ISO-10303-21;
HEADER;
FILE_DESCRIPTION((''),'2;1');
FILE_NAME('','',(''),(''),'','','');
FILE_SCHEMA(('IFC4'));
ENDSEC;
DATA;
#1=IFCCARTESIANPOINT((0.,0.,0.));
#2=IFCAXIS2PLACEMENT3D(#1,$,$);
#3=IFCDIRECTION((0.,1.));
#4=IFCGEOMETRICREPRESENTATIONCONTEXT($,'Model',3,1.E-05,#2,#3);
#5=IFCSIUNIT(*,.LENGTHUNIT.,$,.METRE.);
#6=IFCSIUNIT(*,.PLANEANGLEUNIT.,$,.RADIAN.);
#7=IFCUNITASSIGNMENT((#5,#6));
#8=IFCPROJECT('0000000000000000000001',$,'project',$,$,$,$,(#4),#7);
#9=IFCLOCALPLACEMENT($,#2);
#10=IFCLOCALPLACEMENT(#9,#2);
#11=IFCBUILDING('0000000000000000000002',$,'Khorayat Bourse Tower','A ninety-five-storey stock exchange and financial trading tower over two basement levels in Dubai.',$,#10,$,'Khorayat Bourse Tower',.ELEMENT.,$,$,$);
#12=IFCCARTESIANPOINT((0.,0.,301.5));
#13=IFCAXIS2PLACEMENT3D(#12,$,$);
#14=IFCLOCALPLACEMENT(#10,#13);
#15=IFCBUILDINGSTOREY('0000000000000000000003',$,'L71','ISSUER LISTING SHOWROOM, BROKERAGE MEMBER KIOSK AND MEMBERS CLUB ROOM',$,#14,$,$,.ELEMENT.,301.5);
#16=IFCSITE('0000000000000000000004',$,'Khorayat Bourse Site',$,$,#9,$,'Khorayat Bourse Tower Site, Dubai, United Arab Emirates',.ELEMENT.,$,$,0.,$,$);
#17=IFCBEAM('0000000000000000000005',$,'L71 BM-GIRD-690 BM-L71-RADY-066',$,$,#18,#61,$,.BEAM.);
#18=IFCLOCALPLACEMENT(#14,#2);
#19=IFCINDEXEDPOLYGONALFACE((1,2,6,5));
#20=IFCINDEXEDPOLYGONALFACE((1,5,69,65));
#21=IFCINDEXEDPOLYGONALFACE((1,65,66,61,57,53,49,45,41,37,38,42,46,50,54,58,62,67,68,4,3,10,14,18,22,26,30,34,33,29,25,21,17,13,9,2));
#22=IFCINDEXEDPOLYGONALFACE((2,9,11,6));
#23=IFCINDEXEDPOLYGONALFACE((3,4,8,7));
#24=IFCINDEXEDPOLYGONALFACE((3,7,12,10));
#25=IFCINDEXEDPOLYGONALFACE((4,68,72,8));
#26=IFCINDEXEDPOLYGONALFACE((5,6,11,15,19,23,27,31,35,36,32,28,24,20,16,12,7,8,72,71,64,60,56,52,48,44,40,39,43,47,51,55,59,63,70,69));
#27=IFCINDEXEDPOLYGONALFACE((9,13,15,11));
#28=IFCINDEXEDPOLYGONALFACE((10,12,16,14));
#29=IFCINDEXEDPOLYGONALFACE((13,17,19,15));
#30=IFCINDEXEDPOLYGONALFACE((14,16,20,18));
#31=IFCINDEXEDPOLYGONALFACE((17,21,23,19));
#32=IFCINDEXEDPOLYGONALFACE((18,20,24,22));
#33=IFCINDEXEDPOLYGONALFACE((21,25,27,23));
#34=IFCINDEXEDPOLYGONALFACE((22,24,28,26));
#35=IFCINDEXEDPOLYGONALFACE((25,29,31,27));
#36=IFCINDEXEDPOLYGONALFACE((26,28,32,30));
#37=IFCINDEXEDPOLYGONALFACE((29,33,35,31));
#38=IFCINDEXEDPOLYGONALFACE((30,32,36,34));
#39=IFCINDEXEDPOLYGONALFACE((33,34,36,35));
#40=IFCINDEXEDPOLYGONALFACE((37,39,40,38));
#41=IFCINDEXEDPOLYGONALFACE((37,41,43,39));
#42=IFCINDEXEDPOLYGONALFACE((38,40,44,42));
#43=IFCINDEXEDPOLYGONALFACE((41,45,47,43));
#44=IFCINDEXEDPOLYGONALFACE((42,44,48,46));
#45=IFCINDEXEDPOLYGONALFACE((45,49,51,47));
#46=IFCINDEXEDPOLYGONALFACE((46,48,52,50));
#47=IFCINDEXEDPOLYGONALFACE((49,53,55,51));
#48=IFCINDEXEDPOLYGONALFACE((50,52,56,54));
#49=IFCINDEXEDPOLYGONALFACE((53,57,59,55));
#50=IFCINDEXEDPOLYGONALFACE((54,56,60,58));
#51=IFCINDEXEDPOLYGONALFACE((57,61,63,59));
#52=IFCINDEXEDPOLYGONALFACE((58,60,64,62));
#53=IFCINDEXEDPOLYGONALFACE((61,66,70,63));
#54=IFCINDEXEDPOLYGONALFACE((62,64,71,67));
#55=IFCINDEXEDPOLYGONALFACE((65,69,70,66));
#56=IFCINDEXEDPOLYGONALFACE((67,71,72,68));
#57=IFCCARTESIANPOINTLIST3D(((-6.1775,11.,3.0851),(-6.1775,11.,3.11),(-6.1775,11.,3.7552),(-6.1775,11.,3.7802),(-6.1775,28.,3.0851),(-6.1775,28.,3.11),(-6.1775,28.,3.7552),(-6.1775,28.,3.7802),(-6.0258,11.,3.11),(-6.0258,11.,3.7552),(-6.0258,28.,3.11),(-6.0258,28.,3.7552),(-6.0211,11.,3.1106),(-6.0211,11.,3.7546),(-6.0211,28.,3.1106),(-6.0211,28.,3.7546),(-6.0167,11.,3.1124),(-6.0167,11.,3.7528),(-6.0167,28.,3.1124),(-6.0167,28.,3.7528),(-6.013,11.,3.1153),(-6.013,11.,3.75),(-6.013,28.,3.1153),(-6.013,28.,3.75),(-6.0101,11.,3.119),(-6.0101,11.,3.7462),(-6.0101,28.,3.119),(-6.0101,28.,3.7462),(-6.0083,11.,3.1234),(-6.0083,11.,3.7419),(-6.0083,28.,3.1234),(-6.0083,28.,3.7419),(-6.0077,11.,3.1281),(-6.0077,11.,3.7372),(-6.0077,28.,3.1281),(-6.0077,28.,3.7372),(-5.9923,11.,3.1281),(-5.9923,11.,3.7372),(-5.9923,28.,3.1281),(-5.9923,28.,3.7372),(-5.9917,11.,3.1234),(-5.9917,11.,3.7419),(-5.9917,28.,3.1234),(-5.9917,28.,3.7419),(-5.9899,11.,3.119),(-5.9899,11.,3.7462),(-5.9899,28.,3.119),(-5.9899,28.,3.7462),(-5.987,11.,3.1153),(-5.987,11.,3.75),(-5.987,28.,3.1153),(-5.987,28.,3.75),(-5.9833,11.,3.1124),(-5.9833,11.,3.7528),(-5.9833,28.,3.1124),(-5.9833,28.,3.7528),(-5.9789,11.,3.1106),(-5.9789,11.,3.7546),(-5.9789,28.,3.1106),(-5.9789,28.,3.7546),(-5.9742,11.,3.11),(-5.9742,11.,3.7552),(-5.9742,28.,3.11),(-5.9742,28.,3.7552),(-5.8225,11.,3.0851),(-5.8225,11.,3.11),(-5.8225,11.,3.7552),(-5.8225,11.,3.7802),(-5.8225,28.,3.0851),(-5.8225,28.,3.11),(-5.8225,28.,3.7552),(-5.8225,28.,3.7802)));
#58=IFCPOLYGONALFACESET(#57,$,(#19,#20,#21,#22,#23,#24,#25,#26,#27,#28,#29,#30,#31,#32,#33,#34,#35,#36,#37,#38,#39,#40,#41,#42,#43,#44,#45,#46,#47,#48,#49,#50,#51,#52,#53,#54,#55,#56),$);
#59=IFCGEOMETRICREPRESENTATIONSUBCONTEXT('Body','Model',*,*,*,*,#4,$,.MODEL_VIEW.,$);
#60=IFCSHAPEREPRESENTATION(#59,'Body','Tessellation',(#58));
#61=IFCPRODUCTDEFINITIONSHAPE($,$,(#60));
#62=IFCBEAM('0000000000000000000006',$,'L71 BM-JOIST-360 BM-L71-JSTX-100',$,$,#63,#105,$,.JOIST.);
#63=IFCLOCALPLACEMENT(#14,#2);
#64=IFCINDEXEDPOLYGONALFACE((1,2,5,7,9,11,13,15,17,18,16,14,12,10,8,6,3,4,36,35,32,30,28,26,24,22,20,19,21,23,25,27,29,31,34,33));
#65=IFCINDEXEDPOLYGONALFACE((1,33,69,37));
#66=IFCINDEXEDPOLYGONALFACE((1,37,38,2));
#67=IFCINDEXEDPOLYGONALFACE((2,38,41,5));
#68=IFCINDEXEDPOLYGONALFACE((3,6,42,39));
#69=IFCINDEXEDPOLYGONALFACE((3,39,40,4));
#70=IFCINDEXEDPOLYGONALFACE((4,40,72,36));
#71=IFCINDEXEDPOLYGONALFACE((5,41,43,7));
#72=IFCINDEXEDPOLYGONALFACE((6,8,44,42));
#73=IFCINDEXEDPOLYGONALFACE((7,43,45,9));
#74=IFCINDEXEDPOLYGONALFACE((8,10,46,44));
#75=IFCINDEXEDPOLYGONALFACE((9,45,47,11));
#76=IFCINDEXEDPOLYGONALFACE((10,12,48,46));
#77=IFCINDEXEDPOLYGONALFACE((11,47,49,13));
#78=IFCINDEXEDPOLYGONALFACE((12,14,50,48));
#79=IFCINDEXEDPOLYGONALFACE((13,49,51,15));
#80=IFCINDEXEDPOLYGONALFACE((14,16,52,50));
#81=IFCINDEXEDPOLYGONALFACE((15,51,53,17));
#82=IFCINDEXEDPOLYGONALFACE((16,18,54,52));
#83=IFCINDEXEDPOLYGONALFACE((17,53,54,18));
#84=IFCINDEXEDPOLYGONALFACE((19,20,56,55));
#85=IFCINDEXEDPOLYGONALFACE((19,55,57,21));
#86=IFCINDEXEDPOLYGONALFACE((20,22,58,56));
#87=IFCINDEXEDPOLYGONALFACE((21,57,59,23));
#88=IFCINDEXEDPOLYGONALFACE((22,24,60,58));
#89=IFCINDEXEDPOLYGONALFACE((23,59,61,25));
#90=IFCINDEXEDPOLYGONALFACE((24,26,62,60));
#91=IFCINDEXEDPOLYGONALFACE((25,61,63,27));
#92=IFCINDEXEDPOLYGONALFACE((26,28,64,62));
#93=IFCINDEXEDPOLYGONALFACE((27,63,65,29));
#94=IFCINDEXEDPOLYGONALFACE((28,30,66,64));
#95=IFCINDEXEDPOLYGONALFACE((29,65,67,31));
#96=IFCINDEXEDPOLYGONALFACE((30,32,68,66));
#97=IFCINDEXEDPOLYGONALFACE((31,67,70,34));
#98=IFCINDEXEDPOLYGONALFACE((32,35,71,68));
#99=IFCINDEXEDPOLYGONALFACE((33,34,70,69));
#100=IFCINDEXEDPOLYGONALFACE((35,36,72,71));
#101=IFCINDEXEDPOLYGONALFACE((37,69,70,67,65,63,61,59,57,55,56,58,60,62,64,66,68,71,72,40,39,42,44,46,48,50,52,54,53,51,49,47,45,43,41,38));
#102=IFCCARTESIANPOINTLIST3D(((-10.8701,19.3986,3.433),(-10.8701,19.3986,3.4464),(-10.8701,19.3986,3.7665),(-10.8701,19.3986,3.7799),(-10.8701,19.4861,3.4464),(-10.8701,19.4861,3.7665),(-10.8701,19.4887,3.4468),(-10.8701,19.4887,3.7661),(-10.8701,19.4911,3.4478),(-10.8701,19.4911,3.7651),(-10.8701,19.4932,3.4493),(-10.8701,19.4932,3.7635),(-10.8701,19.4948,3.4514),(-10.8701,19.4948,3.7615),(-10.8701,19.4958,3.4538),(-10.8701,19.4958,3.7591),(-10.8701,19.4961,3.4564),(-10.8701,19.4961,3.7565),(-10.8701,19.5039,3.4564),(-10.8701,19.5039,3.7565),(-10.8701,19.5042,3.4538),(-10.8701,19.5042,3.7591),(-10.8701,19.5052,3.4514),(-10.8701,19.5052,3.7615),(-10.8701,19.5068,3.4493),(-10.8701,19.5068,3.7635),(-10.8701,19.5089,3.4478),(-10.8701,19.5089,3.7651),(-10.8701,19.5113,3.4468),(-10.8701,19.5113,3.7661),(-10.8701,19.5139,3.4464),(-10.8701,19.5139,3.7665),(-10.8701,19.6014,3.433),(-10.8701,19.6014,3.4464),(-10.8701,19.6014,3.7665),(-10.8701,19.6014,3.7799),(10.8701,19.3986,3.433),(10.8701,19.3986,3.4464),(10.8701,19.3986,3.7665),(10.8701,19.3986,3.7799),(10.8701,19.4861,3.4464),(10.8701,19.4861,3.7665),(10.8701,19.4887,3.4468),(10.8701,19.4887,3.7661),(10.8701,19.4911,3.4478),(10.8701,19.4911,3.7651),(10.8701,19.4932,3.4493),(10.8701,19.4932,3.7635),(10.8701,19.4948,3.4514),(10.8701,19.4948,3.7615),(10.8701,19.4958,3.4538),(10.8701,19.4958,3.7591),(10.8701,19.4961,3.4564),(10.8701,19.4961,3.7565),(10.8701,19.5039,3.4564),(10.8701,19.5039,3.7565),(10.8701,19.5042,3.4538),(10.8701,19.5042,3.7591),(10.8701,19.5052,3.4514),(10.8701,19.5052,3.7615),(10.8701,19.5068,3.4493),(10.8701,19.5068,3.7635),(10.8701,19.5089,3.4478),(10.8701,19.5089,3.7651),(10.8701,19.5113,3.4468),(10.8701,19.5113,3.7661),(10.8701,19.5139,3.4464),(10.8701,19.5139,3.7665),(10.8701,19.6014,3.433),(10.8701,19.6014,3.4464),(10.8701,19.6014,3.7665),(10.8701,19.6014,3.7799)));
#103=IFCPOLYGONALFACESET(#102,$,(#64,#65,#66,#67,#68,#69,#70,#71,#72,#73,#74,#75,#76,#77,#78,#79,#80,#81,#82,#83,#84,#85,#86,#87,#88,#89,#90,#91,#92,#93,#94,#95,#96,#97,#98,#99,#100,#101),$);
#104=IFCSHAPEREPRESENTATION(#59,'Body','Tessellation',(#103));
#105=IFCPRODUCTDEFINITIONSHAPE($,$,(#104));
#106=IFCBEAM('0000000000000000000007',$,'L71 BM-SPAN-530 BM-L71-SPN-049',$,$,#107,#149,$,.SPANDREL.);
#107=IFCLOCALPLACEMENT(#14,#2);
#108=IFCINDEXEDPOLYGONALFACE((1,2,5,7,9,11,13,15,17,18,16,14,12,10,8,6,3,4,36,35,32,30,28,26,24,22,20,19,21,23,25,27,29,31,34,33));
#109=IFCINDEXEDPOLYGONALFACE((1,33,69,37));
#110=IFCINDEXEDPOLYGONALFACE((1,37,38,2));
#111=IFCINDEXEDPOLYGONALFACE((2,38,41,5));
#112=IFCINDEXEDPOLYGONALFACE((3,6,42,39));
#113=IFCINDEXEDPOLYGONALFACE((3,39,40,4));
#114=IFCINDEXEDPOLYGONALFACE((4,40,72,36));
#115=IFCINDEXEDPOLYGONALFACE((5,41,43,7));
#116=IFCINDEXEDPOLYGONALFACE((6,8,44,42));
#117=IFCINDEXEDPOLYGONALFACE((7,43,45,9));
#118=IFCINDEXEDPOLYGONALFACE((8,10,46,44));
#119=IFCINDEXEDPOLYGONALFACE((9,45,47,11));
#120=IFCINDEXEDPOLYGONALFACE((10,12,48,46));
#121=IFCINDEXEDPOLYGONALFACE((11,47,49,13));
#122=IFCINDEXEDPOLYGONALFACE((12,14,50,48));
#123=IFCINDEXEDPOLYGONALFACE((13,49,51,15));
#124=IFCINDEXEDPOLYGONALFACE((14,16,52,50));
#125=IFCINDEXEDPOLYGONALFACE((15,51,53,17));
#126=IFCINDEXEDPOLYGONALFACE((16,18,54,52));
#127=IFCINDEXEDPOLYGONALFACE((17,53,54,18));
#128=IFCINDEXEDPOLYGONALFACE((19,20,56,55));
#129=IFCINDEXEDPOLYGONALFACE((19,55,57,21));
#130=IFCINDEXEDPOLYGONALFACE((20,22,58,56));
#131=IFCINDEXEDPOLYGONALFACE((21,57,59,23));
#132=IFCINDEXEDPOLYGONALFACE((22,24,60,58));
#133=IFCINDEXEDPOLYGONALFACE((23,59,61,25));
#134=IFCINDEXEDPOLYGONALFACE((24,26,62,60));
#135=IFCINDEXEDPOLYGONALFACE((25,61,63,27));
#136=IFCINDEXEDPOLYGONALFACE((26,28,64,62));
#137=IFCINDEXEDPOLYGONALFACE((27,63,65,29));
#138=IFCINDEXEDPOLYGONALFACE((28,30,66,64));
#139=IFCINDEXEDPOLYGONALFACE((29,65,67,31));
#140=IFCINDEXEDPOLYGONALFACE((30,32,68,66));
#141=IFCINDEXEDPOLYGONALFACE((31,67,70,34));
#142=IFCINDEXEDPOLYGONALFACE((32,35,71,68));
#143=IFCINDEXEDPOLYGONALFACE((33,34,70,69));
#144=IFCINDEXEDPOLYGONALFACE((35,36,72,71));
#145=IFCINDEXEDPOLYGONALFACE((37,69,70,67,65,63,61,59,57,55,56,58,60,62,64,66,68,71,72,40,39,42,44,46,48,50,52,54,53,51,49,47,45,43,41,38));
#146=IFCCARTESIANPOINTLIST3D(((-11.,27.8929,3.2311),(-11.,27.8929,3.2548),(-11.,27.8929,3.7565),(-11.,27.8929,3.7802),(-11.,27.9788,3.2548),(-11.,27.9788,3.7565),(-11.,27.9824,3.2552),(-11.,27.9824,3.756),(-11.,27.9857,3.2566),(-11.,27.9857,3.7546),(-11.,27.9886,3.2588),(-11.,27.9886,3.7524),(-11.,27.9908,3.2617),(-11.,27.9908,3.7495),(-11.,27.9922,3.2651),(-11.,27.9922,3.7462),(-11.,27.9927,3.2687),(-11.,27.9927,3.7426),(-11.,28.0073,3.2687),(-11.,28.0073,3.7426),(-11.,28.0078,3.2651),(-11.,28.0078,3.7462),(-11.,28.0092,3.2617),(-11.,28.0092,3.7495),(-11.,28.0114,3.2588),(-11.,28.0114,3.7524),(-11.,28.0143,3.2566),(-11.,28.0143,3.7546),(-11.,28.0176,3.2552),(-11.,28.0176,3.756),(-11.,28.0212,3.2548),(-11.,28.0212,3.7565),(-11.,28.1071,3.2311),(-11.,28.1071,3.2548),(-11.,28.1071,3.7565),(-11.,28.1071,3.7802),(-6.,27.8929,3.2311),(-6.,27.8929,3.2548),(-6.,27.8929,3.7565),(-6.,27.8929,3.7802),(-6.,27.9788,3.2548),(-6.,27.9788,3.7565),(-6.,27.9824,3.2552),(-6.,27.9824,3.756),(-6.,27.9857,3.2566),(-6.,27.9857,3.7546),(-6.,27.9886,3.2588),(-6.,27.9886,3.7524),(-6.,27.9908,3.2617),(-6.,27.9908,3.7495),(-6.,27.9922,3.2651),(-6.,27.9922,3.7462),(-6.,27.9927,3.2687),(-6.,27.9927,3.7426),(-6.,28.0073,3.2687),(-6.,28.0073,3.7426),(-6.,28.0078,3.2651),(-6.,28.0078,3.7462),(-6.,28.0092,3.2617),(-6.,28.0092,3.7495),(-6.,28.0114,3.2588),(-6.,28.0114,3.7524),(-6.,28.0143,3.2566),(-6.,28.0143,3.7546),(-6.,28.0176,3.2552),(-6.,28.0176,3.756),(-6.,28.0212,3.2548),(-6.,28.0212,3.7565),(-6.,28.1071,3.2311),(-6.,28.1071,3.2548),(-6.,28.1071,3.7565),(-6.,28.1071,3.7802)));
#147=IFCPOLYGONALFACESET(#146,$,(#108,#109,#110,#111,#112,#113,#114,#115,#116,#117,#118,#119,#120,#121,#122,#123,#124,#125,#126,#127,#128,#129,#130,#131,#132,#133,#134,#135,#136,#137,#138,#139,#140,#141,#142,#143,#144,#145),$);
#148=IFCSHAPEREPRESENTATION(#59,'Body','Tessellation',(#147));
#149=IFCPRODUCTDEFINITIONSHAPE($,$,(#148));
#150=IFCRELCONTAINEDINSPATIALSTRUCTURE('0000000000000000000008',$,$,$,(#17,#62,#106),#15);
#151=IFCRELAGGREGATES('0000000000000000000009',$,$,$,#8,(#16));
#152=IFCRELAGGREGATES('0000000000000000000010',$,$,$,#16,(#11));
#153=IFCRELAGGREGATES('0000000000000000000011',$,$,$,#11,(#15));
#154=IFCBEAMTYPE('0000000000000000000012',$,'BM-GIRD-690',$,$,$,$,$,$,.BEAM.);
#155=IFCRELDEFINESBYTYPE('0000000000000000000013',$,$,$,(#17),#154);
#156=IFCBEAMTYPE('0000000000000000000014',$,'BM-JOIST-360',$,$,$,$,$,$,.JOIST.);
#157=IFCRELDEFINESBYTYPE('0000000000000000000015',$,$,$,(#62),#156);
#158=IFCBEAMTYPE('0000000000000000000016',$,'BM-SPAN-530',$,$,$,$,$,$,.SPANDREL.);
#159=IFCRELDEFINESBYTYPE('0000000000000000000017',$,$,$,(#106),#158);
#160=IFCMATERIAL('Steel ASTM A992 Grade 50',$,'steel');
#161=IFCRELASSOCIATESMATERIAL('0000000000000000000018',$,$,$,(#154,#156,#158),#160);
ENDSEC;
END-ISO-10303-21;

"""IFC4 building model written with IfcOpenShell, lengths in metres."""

from ifc_helpers import new_model, si_unit, direction, frame, origin, origin_2d, place, context, subcontext, project, spatial, i_section, extrude, source, transform, mapped, material, material_profile, profile_set, type_object, element, save


model = new_model("IFC4")

# Units and contexts
model_context = context("Model", 3, precision=1e-05, world=origin(), true_north=direction((0.0, 1.0)))
body_context = subcontext(model_context, "Body", "Model", "MODEL_VIEW")
ifc_project = project(units=[si_unit("LENGTHUNIT", "METRE"), si_unit("PLANEANGLEUNIT", "RADIAN")], contexts=[model_context])

# Site, building, storey
site_placement = place(None, origin())
site = spatial("IfcSite", under=ifc_project, at=site_placement, Name="Khorayat Bourse Site", LongName="Khorayat Bourse Tower Site, Dubai, United Arab Emirates", CompositionType="ELEMENT", RefElevation=0.0)
building_placement = place(site_placement, origin())
building = spatial("IfcBuilding", under=site, at=building_placement, Name="Khorayat Bourse Tower", Description="A ninety-five-storey stock exchange and financial trading tower over two basement levels in Dubai.", LongName="Khorayat Bourse Tower", CompositionType="ELEMENT")
storey_placement = place(building_placement, frame((0.0, 0.0, 301.5)))
storey = spatial("IfcBuildingStorey", under=building, at=storey_placement, Name="L71", Description="ISSUER LISTING SHOWROOM, BROKERAGE MEMBER KIOSK AND MEMBERS CLUB ROOM", CompositionType="ELEMENT", Elevation=301.5)

# Beams
ifc_material_1 = material(Name="Steel ASTM A992 Grade 50", Category="steel")
ifc_material_profile_1 = material_profile(ifc_material_1, i_section(OverallWidth=0.355, OverallDepth=0.6951, WebThickness=0.0154, FlangeThickness=0.0249, FilletRadius=0.0181, at=origin_2d()), Name="W690X217")
ifc_profile_set_1 = profile_set([ifc_material_profile_1], Name="Steel ASTM A992 Grade 50")
beam_type_1 = type_object("IfcBeamType", Name="BM-GIRD-690", PredefinedType="BEAM", material=ifc_profile_set_1)
shared_shape_1 = source(origin(), body_context, "Body", "SweptSolid", [
    extrude(i_section(OverallWidth=0.355, OverallDepth=0.6951, WebThickness=0.0154, FlangeThickness=0.0249, FilletRadius=0.0181, at=origin_2d()), origin(), (0.0, 0.0, 1.0), 17.0),
])
for number, where, z_axis, x_axis, name in (
    (1, (-6.0, 11.0, 3.4326), (0.0, 1.0, 0.0), (-1.0, 0.0, 0.0), "L71 BM-GIRD-690 BM-L71-RADY-066"),
):
    element("IfcBeam", number, at=place(storey_placement, frame(where, z_axis=z_axis, x_axis=x_axis)), inside=storey, type_object=beam_type_1, Name=name, PredefinedType="BEAM", context=body_context, shape_type="MappedRepresentation", body=[
        mapped(shared_shape_1, transform((0.0, 0.0, 0.0), scale=1.0)),
    ])
ifc_material_profile_2 = material_profile(ifc_material_1, i_section(OverallWidth=0.2029, OverallDepth=0.3469, WebThickness=0.0078, FlangeThickness=0.0134, FilletRadius=0.01, at=origin_2d()), Name="W360X64")
ifc_profile_set_2 = profile_set([ifc_material_profile_2], Name="Steel ASTM A992 Grade 50")
beam_type_2 = type_object("IfcBeamType", Name="BM-JOIST-360", PredefinedType="JOIST", material=ifc_profile_set_2)
shared_shape_2 = source(origin(), body_context, "Body", "SweptSolid", [
    extrude(i_section(OverallWidth=0.2029, OverallDepth=0.3469, WebThickness=0.0078, FlangeThickness=0.0134, FilletRadius=0.01, at=origin_2d()), origin(), (0.0, 0.0, 1.0), 21.7402),
])
beam_1_placement = place(storey_placement, frame((-10.8701, 19.5, 3.6064), z_axis=(1.0, 0.0, 0.0), x_axis=(0.0, 1.0, 0.0)))
element("IfcBeam", 2, at=beam_1_placement, inside=storey, type_object=beam_type_2, Name="L71 BM-JOIST-360 BM-L71-JSTX-100", PredefinedType="JOIST", context=body_context, shape_type="MappedRepresentation", body=[
    mapped(shared_shape_2, transform((0.0, 0.0, 0.0), scale=1.0)),
])
ifc_material_profile_3 = material_profile(ifc_material_1, i_section(OverallWidth=0.2141, OverallDepth=0.5491, WebThickness=0.0146, FlangeThickness=0.0237, FilletRadius=0.0139, at=origin_2d()), Name="W530X138")
ifc_profile_set_3 = profile_set([ifc_material_profile_3], Name="Steel ASTM A992 Grade 50")
beam_type_3 = type_object("IfcBeamType", Name="BM-SPAN-530", PredefinedType="SPANDREL", material=ifc_profile_set_3)
shared_shape_3 = source(origin(), body_context, "Body", "SweptSolid", [
    extrude(i_section(OverallWidth=0.2141, OverallDepth=0.5491, WebThickness=0.0146, FlangeThickness=0.0237, FilletRadius=0.0139, at=origin_2d()), origin(), (0.0, 0.0, 1.0), 5.0),
])
beam_2_placement = place(storey_placement, frame((-11.0, 28.0, 3.5056), z_axis=(1.0, 0.0, 0.0), x_axis=(0.0, 1.0, 0.0)))
element("IfcBeam", 3, at=beam_2_placement, inside=storey, type_object=beam_type_3, Name="L71 BM-SPAN-530 BM-L71-SPN-049", PredefinedType="SPANDREL", context=body_context, shape_type="MappedRepresentation", body=[
    mapped(shared_shape_3, transform((0.0, 0.0, 0.0), scale=1.0)),
])

save(model, "model.ifc")
